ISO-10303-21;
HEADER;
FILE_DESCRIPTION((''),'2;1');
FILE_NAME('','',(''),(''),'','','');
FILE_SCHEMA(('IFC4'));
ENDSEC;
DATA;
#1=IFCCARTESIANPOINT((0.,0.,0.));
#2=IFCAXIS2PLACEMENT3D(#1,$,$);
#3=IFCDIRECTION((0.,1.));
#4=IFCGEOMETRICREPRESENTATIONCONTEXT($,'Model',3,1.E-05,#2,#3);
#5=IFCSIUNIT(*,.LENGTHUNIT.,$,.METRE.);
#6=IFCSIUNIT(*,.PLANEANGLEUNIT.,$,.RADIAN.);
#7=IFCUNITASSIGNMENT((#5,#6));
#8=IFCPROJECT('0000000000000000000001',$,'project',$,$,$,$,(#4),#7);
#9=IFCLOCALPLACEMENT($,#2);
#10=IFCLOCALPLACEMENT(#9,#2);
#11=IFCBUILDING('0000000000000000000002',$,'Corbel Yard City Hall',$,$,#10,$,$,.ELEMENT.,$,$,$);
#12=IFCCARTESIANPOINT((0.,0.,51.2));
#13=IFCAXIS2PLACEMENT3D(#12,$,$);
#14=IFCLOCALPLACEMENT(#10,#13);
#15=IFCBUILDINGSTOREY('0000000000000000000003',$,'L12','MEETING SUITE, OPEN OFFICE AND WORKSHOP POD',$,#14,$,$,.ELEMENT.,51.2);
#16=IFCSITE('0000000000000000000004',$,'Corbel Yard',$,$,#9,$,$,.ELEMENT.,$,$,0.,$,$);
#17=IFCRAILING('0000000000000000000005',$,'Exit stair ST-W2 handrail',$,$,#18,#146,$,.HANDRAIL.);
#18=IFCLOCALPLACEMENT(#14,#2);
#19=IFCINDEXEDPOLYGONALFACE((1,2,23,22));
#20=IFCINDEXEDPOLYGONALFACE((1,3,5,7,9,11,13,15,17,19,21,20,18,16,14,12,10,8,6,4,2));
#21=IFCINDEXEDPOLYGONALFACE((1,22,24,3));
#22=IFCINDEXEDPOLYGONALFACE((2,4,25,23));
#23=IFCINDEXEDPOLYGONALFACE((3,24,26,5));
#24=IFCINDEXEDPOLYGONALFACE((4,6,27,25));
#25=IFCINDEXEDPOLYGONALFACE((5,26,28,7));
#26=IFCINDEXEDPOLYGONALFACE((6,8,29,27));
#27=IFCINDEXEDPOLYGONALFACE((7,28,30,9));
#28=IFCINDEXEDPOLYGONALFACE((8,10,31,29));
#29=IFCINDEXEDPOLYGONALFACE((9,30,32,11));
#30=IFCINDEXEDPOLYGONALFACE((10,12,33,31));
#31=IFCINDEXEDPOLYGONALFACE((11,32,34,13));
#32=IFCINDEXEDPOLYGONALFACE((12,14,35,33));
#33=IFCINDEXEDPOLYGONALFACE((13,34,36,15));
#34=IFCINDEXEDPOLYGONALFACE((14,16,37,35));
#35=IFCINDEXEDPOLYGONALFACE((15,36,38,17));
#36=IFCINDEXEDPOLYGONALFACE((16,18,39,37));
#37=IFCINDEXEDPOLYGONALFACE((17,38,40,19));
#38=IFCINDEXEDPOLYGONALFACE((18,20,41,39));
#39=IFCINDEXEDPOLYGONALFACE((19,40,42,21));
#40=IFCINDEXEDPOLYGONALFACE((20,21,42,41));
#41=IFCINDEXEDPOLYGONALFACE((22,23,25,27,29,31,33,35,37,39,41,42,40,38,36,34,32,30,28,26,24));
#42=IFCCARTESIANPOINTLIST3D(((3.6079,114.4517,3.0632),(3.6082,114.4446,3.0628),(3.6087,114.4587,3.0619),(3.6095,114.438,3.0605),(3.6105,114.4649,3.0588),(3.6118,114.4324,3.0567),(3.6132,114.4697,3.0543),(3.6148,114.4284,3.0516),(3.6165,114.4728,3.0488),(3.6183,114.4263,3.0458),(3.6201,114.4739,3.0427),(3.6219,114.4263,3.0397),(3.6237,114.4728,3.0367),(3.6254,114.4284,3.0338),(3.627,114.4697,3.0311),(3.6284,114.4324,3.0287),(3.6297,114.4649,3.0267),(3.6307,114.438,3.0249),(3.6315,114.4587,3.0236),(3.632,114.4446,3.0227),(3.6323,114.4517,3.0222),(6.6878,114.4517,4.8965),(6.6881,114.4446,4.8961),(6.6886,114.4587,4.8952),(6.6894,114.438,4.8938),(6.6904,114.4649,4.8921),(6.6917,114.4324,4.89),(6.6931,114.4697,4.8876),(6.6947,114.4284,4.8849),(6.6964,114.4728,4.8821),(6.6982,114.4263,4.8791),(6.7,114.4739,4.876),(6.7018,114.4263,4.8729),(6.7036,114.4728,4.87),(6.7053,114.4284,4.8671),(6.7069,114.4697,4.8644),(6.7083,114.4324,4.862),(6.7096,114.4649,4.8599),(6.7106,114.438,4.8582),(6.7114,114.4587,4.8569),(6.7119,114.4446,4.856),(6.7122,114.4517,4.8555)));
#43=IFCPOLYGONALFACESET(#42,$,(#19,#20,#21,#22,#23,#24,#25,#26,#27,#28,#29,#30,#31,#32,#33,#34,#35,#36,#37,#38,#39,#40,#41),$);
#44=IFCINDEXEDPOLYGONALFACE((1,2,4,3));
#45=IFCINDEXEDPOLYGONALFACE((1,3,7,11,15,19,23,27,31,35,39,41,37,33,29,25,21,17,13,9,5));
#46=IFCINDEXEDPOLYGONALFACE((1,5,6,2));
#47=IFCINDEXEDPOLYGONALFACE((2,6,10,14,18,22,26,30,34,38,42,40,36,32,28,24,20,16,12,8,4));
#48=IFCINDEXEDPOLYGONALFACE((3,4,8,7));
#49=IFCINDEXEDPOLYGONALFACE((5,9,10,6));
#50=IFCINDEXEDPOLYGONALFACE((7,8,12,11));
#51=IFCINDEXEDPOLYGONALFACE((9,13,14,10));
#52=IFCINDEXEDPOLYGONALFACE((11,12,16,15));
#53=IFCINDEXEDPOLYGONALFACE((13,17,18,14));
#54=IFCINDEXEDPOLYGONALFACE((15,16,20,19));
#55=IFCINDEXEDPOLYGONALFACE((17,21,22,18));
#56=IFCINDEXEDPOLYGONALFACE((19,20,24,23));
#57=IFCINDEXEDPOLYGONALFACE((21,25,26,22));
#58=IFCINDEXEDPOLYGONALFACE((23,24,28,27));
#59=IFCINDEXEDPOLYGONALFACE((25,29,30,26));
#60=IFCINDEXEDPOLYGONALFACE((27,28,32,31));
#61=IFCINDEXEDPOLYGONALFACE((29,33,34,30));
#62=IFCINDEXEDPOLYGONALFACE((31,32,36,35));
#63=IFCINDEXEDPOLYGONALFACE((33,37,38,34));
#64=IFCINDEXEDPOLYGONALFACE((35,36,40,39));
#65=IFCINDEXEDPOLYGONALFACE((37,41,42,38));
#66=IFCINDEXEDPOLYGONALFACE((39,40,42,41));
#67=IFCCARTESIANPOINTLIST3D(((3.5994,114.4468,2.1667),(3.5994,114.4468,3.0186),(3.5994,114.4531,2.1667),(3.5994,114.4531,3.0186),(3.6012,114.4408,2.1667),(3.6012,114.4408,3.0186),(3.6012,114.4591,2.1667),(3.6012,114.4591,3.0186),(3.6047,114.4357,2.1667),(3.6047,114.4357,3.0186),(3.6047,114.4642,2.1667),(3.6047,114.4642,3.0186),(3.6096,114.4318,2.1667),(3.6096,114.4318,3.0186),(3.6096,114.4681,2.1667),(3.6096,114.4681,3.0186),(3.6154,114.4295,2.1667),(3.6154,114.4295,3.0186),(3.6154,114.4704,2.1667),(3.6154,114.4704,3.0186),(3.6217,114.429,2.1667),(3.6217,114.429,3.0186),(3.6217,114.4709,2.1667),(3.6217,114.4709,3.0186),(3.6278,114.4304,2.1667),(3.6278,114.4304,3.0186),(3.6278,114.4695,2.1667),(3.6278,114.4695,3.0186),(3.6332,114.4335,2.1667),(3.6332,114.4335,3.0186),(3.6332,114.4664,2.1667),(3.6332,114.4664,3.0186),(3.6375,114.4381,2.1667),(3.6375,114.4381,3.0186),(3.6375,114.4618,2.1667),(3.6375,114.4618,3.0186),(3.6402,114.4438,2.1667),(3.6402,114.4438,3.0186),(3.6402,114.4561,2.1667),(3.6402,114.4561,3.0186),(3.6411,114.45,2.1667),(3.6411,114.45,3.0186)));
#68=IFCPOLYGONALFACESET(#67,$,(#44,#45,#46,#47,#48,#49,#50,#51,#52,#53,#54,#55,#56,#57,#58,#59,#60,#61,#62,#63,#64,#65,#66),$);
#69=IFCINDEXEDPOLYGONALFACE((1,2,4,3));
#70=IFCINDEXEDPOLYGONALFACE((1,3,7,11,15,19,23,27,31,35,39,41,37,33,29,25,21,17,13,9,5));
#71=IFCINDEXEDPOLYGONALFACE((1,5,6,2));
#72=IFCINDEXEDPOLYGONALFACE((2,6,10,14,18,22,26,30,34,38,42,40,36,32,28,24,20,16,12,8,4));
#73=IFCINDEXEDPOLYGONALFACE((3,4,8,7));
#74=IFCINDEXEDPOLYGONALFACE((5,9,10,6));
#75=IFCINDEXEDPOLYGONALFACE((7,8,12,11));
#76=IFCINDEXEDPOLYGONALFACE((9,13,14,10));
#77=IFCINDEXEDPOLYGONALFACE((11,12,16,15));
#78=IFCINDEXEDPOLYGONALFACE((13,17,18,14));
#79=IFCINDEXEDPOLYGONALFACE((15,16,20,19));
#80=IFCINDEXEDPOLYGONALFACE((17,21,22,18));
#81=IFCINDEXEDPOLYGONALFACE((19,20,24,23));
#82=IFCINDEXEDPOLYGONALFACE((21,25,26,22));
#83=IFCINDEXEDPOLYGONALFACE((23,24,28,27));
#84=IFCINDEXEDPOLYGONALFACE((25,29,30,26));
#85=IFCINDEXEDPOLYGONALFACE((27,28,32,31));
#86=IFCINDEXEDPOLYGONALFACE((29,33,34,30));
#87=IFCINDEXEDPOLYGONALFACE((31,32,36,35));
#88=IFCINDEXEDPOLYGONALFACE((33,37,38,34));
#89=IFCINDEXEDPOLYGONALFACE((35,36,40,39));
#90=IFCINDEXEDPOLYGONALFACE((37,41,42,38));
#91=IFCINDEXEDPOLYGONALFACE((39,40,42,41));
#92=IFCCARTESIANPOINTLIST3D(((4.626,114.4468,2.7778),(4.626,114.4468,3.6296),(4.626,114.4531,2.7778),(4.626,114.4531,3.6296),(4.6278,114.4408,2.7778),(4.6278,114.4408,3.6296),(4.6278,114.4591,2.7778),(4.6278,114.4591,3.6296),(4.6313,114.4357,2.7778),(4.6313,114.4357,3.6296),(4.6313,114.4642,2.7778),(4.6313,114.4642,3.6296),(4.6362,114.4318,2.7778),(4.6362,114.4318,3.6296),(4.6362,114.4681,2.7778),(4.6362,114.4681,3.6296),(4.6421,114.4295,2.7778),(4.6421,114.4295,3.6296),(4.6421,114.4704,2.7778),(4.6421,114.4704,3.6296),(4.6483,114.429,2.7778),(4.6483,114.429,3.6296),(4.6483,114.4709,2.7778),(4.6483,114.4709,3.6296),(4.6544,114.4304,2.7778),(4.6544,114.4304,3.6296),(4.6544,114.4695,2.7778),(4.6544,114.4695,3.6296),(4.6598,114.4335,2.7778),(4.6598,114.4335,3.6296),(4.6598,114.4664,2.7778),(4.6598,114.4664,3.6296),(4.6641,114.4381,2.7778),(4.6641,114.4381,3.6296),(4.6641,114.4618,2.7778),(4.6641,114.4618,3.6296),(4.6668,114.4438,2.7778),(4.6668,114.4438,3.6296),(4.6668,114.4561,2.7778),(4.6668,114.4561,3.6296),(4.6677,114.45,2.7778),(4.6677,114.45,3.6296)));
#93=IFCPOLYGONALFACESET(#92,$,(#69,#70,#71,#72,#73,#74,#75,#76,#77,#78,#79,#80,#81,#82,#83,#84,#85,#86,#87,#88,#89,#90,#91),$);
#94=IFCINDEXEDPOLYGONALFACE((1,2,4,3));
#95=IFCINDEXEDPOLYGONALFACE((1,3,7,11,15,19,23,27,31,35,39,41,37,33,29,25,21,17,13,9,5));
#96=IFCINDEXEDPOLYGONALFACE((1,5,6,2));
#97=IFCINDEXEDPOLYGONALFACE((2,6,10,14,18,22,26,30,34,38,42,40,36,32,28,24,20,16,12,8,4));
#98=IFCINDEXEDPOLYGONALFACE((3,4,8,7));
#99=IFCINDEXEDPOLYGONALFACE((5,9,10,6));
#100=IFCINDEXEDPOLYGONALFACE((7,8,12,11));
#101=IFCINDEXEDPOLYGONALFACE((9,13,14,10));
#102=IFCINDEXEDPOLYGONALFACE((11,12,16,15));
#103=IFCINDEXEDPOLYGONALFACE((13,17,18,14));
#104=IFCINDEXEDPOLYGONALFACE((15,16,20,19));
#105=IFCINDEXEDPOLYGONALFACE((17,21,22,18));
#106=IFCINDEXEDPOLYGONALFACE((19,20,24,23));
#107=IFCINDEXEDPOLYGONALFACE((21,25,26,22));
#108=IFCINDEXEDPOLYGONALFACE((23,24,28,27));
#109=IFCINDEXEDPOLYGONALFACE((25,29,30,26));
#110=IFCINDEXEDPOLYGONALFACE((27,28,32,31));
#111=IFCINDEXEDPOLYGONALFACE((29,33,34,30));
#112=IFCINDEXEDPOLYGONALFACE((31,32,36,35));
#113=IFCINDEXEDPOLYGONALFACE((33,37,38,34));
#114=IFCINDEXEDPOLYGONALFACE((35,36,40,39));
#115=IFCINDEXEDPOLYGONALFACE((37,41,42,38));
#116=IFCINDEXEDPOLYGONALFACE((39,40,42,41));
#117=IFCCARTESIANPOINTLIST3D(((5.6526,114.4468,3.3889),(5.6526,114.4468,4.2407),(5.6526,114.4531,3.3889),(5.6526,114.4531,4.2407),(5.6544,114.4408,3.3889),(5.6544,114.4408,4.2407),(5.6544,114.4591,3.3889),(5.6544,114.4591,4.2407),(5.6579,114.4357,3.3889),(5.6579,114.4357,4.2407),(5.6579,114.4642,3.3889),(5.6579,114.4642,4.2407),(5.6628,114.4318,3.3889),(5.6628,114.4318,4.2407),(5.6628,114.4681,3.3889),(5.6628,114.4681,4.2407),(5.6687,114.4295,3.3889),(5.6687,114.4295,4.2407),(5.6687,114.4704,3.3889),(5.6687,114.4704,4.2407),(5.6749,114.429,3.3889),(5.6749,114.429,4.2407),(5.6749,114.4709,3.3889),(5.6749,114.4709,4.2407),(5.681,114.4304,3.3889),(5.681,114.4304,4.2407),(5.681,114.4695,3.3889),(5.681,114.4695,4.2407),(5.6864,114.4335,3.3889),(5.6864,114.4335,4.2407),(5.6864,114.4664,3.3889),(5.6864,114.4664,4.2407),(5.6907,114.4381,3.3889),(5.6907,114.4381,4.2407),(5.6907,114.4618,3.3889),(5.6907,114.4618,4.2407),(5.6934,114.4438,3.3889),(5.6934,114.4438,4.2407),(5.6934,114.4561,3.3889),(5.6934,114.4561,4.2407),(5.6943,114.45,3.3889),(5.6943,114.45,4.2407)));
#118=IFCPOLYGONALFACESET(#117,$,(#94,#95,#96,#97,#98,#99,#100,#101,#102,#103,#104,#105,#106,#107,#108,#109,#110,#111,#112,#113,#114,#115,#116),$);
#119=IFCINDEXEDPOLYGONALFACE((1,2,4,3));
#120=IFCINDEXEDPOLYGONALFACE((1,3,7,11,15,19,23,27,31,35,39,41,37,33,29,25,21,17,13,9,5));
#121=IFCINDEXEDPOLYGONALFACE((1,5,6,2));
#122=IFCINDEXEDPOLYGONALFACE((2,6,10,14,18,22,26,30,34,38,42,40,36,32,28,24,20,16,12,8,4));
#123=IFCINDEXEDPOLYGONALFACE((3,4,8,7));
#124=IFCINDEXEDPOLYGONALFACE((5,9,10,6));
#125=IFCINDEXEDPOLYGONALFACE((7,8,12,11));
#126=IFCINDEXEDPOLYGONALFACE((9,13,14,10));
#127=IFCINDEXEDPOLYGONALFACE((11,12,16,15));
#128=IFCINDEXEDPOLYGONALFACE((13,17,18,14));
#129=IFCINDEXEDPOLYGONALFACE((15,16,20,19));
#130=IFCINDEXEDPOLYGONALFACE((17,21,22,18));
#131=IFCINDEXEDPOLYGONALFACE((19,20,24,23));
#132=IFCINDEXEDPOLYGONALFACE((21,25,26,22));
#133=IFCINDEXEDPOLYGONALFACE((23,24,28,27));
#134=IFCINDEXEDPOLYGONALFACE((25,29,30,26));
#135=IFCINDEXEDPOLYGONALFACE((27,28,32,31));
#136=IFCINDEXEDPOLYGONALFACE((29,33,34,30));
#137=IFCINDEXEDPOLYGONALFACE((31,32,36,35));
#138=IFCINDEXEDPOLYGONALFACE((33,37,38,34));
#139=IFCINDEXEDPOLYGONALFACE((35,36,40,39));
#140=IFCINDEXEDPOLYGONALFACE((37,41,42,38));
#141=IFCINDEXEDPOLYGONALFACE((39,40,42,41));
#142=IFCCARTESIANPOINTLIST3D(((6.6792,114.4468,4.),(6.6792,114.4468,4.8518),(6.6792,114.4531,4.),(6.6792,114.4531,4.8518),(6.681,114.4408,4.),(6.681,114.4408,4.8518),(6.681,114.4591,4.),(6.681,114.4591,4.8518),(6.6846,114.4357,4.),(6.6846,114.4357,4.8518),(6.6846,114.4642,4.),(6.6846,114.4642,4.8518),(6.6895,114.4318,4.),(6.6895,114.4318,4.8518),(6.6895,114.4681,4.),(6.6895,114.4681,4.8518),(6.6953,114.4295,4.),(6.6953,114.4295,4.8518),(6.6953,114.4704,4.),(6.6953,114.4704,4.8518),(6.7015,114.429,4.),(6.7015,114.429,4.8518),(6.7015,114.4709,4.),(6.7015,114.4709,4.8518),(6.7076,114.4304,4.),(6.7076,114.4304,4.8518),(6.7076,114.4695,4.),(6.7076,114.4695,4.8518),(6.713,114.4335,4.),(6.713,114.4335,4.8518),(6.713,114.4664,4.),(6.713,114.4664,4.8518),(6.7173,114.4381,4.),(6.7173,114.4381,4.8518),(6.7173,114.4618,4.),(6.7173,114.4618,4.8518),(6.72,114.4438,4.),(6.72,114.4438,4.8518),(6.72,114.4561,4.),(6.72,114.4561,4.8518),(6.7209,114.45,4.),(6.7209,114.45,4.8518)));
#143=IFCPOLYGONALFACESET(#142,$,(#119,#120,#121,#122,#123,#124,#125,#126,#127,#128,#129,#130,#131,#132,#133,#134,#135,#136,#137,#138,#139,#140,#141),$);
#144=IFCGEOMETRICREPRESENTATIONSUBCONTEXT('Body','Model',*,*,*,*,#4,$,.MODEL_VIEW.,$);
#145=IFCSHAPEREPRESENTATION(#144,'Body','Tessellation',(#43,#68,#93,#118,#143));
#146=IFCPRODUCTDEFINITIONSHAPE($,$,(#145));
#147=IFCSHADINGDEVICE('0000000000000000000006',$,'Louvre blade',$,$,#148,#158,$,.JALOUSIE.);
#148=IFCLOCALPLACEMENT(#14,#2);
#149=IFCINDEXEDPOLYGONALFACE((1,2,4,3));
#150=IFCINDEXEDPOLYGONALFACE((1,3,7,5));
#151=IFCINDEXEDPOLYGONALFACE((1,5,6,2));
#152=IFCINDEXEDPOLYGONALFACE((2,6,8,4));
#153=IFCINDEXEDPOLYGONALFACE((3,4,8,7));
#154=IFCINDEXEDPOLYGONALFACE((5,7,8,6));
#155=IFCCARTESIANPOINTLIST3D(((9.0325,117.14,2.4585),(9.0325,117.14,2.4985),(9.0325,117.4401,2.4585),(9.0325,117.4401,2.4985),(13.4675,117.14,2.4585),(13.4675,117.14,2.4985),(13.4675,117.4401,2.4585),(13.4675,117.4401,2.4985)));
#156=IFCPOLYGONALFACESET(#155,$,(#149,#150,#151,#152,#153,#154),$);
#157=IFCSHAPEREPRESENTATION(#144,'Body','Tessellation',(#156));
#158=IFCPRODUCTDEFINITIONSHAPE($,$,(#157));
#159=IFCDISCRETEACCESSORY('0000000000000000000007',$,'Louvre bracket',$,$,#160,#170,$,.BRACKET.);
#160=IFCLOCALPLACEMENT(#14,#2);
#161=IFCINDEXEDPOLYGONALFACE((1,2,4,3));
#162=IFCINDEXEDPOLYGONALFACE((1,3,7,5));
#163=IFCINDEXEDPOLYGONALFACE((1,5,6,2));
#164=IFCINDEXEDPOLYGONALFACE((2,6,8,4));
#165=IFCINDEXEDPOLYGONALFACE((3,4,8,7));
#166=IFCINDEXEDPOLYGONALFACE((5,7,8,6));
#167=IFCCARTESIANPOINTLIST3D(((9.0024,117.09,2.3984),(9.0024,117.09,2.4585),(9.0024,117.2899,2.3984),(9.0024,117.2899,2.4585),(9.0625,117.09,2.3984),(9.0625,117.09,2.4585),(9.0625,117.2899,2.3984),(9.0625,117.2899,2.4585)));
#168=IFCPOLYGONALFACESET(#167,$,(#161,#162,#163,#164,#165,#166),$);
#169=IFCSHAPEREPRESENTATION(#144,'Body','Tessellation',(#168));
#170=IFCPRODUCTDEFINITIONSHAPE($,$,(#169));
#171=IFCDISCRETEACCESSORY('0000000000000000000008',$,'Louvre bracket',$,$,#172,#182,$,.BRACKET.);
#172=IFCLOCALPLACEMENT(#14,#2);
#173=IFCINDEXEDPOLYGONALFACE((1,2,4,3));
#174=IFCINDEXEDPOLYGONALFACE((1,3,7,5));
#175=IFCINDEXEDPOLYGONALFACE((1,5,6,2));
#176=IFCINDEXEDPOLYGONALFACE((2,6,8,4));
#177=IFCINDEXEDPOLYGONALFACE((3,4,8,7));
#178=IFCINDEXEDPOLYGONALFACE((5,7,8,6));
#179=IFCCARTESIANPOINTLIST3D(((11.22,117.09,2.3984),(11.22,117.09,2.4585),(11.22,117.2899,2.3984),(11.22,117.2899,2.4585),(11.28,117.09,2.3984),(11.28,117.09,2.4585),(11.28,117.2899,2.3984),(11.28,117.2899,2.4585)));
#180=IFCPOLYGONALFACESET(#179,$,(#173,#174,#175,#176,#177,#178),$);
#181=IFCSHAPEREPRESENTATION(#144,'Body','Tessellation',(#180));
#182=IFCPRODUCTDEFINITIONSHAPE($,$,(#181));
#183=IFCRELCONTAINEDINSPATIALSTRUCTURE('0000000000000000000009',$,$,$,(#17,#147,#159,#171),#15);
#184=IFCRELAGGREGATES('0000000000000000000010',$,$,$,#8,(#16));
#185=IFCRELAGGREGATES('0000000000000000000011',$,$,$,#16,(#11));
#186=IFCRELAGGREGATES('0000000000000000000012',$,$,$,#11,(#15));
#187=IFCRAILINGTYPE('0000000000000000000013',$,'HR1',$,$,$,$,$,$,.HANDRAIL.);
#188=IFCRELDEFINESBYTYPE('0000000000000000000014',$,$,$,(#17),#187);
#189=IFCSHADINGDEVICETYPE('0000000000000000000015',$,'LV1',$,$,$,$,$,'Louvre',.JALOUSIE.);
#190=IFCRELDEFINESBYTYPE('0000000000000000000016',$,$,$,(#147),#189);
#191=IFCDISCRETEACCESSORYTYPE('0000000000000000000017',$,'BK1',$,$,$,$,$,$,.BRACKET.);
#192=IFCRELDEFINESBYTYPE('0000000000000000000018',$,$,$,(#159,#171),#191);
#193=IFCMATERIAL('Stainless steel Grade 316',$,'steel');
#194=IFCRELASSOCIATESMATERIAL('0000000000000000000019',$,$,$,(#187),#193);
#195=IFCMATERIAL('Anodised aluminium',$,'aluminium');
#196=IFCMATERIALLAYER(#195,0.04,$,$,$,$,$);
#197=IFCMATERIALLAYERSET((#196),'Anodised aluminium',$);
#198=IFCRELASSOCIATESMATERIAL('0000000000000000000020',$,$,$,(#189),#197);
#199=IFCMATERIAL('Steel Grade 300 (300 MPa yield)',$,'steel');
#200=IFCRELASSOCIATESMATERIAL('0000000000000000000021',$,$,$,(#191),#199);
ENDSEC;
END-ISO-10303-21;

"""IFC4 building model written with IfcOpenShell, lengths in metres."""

from ifc_helpers import new_model, si_unit, direction, frame, origin, origin_2d, place, context, subcontext, project, spatial, rectangle, circle, extrude, material, layer, layer_set, type_object, element, save


model = new_model("IFC4")

# Units and contexts
model_context = context("Model", 3, precision=1e-05, world=origin(), true_north=direction((0.0, 1.0)))
body_context = subcontext(model_context, "Body", "Model", "MODEL_VIEW")
ifc_project = project(units=[si_unit("LENGTHUNIT", "METRE"), si_unit("PLANEANGLEUNIT", "RADIAN")], contexts=[model_context])

# Site, building, storey
site_placement = place(None, origin())
site = spatial("IfcSite", under=ifc_project, at=site_placement, Name="Corbel Yard", CompositionType="ELEMENT", RefElevation=0.0)
building_placement = place(site_placement, origin())
building = spatial("IfcBuilding", under=site, at=building_placement, Name="Corbel Yard City Hall", CompositionType="ELEMENT")
storey_placement = place(building_placement, frame((0.0, 0.0, 51.2)))
storey = spatial("IfcBuildingStorey", under=building, at=storey_placement, Name="L12", Description="MEETING SUITE, OPEN OFFICE AND WORKSHOP POD", CompositionType="ELEMENT", Elevation=51.2)

# Railing
ifc_material_1 = material(Name="Stainless steel Grade 316", Category="steel")
railing_type = type_object("IfcRailingType", Name="HR1", PredefinedType="HANDRAIL", material=ifc_material_1)
railing_placement = place(storey_placement, frame((3.6201, 114.45, 2.1667)))
element("IfcRailing", 1, at=railing_placement, inside=storey, type_object=railing_type, Name="Exit stair ST-W2 handrail", PredefinedType="HANDRAIL", context=body_context, shape_type="SweptSolid", body=[
    extrude(circle(Radius=0.0239, at=origin_2d()), frame((0.0, 0.0, 0.876), z_axis=(0.859291, 0.0, 0.511487), x_axis=(0.0, 1.0, 0.0)), (0.0, 0.0, 1.0), 3.5842),
    extrude(circle(Radius=0.021, at=origin_2d()), origin(), (0.0, 0.0, 1.0), 0.8518),
    extrude(circle(Radius=0.021, at=origin_2d()), frame((1.0266, 0.0, 0.6111)), (0.0, 0.0, 1.0), 0.8518),
    extrude(circle(Radius=0.021, at=origin_2d()), frame((2.0532, 0.0, 1.2222)), (0.0, 0.0, 1.0), 0.8518),
    extrude(circle(Radius=0.021, at=origin_2d()), frame((3.0798, 0.0, 1.8333)), (0.0, 0.0, 1.0), 0.8518),
])

# Shading device
ifc_material_2 = material(Name="Anodised aluminium", Category="aluminium")
ifc_layer_1 = layer(ifc_material_2, 0.04)
ifc_layer_set_1 = layer_set([ifc_layer_1], Name="Anodised aluminium")
shading_device_type = type_object("IfcShadingDeviceType", Name="LV1", ElementType="Louvre", PredefinedType="JALOUSIE", material=ifc_layer_set_1)
shading_device_placement = place(storey_placement, frame((11.25, 117.29, 2.4585), z_axis=(0.0, 0.0, 1.0), x_axis=(1.0, 0.0, 0.0)))
element("IfcShadingDevice", 2, at=shading_device_placement, inside=storey, type_object=shading_device_type, Name="Louvre blade", PredefinedType="JALOUSIE", context=body_context, shape_type="SweptSolid", body=[
    extrude(rectangle(XDim=4.4351, YDim=0.3, at=origin_2d()), origin(), (0.0, 0.0, 1.0), 0.04),
])

# Discrete accessories
ifc_material_3 = material(Name="Steel Grade 300 (300 MPa yield)", Category="steel")
discrete_accessory_type = type_object("IfcDiscreteAccessoryType", Name="BK1", PredefinedType="BRACKET", material=ifc_material_3)
for number, where, z_axis, x_axis, name in (
    (3, (9.0325, 117.1899, 2.3984), (0.0, 0.0, 1.0), (1.0, 0.0, 0.0), "Louvre bracket"),
    (4, (11.25, 117.1899, 2.3984), (0.0, 0.0, 1.0), (1.0, 0.0, 0.0), "Louvre bracket"),
):
    element("IfcDiscreteAccessory", number, at=place(storey_placement, frame(where, z_axis=z_axis, x_axis=x_axis)), inside=storey, type_object=discrete_accessory_type, Name=name, PredefinedType="BRACKET", context=body_context, shape_type="SweptSolid", body=[
        extrude(rectangle(XDim=0.0601, YDim=0.2, at=origin_2d()), origin(), (0.0, 0.0, 1.0), 0.0601),
    ])

save(model, "model.ifc")
